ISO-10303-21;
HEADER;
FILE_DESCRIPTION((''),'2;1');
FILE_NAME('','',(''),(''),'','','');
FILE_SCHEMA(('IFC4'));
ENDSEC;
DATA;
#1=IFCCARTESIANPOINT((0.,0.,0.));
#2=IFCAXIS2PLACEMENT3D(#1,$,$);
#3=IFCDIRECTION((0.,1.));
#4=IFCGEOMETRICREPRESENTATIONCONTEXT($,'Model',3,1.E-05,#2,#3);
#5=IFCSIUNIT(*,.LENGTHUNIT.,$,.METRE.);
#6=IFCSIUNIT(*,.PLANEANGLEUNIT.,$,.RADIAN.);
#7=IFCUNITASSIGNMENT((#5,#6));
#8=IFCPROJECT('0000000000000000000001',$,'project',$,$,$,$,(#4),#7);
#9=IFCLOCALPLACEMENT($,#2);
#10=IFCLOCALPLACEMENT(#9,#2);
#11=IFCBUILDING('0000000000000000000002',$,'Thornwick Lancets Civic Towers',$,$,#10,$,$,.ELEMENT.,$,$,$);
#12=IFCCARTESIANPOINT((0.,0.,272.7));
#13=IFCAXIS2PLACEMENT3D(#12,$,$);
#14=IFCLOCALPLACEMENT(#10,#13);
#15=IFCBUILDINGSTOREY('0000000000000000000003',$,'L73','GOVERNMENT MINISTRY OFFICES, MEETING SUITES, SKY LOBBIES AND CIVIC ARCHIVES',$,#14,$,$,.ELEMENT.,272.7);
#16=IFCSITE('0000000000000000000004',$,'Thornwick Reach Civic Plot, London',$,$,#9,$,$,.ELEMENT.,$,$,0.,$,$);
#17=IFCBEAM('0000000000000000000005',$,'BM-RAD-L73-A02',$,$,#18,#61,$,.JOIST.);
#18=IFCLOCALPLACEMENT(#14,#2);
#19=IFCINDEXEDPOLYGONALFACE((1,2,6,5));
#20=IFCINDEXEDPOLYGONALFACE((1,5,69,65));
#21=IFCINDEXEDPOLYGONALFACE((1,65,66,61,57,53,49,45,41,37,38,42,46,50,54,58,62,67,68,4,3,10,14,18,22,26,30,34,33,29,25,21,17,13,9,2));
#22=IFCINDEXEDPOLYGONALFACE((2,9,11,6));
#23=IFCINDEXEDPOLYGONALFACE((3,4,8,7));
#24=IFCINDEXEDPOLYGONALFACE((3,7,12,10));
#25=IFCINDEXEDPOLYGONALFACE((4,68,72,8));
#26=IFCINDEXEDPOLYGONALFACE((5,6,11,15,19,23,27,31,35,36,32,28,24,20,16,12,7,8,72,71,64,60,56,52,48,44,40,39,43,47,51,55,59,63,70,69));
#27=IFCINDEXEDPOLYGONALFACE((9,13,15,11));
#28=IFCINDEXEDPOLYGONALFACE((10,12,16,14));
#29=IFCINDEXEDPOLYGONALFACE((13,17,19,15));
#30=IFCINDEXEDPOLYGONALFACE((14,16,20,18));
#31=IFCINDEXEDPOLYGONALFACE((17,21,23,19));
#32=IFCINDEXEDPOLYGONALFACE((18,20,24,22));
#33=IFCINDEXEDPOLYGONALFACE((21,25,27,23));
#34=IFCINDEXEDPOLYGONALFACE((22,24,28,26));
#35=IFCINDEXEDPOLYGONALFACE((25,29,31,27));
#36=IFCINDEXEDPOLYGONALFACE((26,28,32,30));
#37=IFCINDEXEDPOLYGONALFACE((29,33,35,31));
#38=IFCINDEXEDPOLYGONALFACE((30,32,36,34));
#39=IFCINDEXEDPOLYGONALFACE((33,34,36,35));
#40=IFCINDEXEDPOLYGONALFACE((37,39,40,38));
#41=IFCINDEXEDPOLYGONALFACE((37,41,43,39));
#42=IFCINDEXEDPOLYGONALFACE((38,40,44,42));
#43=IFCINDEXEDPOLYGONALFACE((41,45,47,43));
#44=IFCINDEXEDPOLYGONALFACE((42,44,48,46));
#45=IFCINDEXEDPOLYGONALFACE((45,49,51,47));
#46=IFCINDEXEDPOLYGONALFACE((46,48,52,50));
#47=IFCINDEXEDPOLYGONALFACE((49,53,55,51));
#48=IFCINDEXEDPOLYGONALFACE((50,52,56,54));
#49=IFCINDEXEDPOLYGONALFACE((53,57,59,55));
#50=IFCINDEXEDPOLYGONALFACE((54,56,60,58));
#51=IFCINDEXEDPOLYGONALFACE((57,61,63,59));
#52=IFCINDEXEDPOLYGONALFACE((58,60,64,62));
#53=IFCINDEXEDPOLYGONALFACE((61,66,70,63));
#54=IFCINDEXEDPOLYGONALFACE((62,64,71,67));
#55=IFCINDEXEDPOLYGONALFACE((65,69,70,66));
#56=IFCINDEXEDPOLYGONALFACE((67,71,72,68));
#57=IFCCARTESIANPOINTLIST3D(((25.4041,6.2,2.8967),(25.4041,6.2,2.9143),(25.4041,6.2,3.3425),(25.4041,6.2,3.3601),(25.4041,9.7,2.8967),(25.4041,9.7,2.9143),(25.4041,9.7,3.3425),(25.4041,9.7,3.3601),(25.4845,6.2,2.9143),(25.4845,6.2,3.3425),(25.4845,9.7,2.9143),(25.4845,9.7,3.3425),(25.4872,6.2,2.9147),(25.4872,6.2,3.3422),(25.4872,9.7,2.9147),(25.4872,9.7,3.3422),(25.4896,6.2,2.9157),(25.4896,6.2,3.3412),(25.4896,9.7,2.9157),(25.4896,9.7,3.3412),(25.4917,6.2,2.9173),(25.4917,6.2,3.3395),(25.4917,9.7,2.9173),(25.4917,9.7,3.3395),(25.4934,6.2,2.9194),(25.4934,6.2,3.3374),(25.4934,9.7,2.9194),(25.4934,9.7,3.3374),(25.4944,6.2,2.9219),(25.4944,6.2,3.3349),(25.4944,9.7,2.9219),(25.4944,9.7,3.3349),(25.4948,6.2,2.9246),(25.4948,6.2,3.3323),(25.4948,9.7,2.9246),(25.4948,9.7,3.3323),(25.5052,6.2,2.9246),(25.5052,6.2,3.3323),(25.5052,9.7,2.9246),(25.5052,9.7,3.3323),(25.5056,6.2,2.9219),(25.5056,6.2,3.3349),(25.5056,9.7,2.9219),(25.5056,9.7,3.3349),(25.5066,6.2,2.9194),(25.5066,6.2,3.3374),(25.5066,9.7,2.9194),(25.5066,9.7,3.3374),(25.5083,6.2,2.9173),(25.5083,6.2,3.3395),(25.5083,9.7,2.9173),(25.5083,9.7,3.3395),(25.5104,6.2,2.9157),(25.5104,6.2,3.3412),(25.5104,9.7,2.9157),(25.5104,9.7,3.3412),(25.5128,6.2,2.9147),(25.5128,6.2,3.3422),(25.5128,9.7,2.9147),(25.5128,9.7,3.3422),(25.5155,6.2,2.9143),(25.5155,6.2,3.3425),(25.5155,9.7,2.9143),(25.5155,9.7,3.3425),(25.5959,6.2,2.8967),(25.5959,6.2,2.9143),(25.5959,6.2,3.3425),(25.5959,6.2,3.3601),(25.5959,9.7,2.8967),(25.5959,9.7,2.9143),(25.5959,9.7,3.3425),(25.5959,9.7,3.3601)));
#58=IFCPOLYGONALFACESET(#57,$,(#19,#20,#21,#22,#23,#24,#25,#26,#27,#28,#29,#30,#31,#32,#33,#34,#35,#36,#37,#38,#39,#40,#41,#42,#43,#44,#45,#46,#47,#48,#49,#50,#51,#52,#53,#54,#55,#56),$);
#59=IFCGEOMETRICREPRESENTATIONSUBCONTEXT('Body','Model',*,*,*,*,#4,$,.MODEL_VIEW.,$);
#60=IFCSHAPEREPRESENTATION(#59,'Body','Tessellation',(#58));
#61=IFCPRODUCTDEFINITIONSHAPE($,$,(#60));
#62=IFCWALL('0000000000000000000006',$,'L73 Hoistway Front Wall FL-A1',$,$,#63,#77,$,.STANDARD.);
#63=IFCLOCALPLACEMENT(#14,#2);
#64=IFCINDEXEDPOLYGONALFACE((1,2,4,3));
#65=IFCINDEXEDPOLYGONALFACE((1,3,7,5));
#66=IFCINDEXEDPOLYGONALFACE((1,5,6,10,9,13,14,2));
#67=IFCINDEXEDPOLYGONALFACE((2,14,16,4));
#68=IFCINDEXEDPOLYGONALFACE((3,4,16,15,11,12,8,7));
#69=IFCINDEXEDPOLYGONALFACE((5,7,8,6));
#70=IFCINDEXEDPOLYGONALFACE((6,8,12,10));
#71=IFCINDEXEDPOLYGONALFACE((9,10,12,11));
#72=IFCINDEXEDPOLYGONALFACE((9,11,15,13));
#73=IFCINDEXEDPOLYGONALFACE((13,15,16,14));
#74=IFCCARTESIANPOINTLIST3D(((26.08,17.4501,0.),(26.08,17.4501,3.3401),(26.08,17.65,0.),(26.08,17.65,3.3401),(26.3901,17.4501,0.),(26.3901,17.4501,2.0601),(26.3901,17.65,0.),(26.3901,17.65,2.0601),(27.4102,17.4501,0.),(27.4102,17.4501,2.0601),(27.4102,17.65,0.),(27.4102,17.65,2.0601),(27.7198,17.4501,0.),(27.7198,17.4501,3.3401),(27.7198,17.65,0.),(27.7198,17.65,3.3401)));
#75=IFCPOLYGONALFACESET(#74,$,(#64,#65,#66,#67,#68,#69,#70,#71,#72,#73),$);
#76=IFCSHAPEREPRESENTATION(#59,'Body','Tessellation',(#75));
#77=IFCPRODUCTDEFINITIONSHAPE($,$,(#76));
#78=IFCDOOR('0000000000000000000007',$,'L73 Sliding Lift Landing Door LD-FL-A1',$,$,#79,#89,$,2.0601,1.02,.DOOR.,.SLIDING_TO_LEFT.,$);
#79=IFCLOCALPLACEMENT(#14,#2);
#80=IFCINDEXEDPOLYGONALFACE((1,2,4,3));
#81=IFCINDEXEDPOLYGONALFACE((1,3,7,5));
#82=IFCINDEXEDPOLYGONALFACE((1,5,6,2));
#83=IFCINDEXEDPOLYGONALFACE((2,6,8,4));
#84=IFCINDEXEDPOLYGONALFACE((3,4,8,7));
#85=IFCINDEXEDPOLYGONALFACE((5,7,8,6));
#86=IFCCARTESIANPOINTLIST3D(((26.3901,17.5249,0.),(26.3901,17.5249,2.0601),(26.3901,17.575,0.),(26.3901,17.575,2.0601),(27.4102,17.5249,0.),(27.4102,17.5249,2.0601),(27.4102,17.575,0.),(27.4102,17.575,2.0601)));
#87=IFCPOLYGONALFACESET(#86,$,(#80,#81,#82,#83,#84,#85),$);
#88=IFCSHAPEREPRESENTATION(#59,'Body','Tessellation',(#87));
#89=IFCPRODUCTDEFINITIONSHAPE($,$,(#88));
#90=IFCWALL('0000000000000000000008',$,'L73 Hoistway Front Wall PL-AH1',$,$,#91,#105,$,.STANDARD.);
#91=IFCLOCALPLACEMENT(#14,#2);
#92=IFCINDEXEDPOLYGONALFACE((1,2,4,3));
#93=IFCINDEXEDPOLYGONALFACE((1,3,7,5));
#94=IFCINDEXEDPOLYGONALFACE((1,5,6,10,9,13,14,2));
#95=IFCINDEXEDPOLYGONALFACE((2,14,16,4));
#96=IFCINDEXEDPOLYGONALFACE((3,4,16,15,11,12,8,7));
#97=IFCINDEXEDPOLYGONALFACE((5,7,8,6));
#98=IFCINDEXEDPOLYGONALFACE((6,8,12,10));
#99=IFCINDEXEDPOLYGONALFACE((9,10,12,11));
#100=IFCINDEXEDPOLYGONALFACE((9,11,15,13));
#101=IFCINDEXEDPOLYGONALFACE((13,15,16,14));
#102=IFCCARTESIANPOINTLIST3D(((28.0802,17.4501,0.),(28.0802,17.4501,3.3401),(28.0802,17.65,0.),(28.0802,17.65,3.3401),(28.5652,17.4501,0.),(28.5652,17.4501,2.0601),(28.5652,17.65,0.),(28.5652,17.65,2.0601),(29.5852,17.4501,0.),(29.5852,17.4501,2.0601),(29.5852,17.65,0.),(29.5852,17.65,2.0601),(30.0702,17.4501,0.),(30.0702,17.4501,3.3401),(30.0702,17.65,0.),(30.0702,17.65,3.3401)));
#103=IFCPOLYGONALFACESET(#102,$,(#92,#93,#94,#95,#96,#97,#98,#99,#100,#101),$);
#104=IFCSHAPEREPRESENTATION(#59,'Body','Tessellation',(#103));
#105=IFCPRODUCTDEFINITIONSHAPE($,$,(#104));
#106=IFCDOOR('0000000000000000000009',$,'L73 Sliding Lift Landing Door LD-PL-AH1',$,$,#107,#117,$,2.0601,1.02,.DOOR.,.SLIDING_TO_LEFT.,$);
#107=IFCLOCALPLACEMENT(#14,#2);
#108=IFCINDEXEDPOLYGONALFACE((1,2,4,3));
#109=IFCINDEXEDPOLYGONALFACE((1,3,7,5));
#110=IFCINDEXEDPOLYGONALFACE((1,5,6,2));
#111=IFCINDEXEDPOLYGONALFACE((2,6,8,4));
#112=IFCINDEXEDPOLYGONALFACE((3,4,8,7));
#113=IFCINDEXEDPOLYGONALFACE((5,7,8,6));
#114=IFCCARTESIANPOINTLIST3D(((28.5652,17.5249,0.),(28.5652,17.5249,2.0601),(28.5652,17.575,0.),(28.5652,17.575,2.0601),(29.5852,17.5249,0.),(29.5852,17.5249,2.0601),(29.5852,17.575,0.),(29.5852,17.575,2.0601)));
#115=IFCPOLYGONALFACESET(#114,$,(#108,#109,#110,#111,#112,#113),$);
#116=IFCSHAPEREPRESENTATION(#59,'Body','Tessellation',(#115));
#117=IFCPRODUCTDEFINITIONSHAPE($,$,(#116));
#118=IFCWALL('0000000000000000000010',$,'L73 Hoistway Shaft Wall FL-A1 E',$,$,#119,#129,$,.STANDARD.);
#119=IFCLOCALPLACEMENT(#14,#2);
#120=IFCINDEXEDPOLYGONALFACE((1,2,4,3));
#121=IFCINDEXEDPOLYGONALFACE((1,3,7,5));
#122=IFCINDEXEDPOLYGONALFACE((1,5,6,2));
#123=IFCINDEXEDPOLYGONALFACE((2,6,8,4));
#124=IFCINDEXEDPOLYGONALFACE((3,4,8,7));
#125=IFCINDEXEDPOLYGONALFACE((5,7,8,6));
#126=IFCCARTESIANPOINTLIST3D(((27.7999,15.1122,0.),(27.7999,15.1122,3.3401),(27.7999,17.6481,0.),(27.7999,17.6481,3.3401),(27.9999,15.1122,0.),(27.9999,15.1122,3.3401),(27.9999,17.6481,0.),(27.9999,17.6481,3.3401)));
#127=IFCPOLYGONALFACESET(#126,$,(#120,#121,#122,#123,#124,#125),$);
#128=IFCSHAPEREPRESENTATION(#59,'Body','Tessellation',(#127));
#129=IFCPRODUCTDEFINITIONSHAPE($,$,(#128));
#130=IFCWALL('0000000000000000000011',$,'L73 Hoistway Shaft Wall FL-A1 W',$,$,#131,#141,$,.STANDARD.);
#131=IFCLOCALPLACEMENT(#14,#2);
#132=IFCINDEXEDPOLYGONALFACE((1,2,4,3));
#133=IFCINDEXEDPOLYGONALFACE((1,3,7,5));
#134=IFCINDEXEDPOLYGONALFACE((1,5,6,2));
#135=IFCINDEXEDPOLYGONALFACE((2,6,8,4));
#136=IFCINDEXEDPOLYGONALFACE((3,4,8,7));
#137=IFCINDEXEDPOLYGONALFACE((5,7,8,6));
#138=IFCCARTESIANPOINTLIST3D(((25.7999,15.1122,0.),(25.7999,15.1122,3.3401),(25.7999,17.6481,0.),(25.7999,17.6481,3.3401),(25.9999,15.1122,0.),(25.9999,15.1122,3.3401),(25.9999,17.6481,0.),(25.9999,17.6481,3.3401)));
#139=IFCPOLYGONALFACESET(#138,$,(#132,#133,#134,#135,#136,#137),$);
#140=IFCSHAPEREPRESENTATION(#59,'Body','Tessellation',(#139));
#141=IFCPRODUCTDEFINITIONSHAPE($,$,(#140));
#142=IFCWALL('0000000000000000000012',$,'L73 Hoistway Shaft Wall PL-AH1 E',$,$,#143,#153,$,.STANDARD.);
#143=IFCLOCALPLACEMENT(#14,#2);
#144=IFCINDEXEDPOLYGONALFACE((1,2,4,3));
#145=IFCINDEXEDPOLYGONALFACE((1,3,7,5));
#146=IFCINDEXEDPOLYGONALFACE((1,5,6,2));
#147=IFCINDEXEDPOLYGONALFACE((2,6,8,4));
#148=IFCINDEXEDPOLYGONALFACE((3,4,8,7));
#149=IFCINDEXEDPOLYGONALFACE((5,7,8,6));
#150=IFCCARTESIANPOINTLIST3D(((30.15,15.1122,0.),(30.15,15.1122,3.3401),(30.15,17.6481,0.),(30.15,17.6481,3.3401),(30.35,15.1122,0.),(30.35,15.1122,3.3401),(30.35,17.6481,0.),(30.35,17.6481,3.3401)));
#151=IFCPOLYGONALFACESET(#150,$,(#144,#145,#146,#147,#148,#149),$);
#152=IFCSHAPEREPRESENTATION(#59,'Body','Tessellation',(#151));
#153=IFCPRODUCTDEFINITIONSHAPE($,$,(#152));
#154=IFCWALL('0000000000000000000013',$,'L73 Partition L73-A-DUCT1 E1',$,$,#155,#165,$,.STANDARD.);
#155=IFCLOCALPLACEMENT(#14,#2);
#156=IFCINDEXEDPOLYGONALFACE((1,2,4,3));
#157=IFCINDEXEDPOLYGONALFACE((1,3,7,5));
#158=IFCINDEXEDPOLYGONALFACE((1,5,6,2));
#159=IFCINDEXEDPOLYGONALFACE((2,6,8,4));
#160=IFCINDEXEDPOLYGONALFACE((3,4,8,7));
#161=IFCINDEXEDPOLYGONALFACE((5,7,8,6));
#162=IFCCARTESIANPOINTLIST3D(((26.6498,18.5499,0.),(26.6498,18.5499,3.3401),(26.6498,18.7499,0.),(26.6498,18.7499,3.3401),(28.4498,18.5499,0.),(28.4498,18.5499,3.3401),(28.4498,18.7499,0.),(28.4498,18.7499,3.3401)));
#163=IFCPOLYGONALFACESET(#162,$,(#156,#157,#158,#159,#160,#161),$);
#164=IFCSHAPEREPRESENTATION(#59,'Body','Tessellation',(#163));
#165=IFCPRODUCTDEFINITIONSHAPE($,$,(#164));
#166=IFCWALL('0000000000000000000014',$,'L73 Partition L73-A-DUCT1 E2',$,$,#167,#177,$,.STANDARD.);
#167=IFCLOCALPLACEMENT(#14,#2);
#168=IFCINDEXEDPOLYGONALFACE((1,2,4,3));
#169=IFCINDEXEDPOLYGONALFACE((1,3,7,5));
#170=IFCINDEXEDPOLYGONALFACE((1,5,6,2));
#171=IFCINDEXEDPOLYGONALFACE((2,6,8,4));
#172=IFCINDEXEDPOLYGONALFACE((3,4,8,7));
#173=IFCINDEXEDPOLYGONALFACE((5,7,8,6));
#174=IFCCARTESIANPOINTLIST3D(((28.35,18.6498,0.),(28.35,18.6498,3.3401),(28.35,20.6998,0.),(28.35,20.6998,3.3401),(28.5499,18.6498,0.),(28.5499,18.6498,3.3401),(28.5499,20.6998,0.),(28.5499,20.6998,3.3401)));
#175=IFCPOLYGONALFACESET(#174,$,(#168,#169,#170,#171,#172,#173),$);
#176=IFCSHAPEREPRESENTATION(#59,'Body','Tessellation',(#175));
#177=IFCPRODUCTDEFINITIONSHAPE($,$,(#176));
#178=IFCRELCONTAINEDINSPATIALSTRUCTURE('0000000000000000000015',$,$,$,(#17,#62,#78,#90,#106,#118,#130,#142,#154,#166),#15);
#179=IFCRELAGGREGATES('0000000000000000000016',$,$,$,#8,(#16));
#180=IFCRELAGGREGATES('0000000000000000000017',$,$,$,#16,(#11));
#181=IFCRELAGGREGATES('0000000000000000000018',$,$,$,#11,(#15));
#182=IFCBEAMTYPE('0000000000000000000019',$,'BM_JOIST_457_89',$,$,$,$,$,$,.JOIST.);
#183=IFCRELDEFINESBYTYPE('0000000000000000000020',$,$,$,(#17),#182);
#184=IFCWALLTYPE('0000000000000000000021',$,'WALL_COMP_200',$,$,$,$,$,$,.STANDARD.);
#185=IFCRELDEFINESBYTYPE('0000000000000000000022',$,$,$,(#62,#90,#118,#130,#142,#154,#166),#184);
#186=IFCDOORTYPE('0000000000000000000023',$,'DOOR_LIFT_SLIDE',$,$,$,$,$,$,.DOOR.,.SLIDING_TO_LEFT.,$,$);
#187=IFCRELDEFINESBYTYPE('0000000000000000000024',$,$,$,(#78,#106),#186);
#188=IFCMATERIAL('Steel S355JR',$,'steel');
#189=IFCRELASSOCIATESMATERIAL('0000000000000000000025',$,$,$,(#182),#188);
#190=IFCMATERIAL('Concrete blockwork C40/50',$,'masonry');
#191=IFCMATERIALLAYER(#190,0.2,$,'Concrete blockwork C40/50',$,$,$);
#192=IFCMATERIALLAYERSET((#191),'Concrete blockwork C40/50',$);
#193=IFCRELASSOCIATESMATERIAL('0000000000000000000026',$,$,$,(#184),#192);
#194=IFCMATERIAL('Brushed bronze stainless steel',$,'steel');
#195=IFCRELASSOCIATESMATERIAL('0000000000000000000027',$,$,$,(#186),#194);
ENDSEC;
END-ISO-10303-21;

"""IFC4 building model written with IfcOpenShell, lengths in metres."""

from ifc_helpers import new_model, si_unit, direction, frame, frame_2d, origin, origin_2d, place, context, subcontext, project, spatial, rectangle, i_section, extrude, material, layer, layer_set, material_profile, profile_set, type_object, element, fill, save


model = new_model("IFC4")

# Units and contexts
model_context = context("Model", 3, precision=1e-05, world=origin(), true_north=direction((0.0, 1.0)))
body_context = subcontext(model_context, "Body", "Model", "MODEL_VIEW")
ifc_project = project(units=[si_unit("LENGTHUNIT", "METRE"), si_unit("PLANEANGLEUNIT", "RADIAN")], contexts=[model_context])

# Site, building, storey
site_placement = place(None, origin())
site = spatial("IfcSite", under=ifc_project, at=site_placement, Name="Thornwick Reach Civic Plot, London", CompositionType="ELEMENT", RefElevation=0.0)
building_placement = place(site_placement, origin())
building = spatial("IfcBuilding", under=site, at=building_placement, Name="Thornwick Lancets Civic Towers", CompositionType="ELEMENT")
storey_placement = place(building_placement, frame((0.0, 0.0, 272.7)))
storey = spatial("IfcBuildingStorey", under=building, at=storey_placement, Name="L73", Description="GOVERNMENT MINISTRY OFFICES, MEETING SUITES, SKY LOBBIES AND CIVIC ARCHIVES", CompositionType="ELEMENT", Elevation=272.7)

# Shared definitions
ifc_material_1 = material(Name="Steel S355JR", Category="steel")

# Beam
ifc_material_profile_1 = material_profile(ifc_material_1, i_section(OverallWidth=0.1919, OverallDepth=0.4634, WebThickness=0.0105, FlangeThickness=0.0176, FilletRadius=0.0103, at=origin_2d()), Name="UKB 457x191x89")
ifc_profile_set_1 = profile_set([ifc_material_profile_1], Name="Steel S355JR")
beam_type_1 = type_object("IfcBeamType", Name="BM_JOIST_457_89", PredefinedType="JOIST", material=ifc_profile_set_1)
beam_1_placement = place(storey_placement, frame((25.5, 9.7, 3.1284), z_axis=(0.0, -1.0, 0.0), x_axis=(1.0, 0.0, 0.0)))
element("IfcBeam", 1, at=beam_1_placement, inside=storey, type_object=beam_type_1, Name="BM-RAD-L73-A02", PredefinedType="JOIST", context=body_context, shape_type="SweptSolid", body=[
    extrude(i_section(OverallWidth=0.1919, OverallDepth=0.4634, WebThickness=0.0105, FlangeThickness=0.0176, FilletRadius=0.0103, at=origin_2d()), origin(), (0.0, 0.0, 1.0), 3.5),
])

# Walls, openings, doors
ifc_material_2 = material(Name="Concrete blockwork C40/50", Category="masonry")
ifc_layer_1 = layer(ifc_material_2, 0.2, Name="Concrete blockwork C40/50")
ifc_layer_set_1 = layer_set([ifc_layer_1], Name="Concrete blockwork C40/50")
wall_type_1 = type_object("IfcWallType", Name="WALL_COMP_200", PredefinedType="STANDARD", material=ifc_layer_set_1)
wall_1_placement = place(storey_placement, frame((26.0801, 17.55, 0.0), z_axis=(0.0, 0.0, 1.0), x_axis=(1.0, 0.0, 0.0)))
wall_1 = element("IfcWall", 2, at=wall_1_placement, inside=storey, type_object=wall_type_1, Name="L73 Hoistway Front Wall FL-A1", PredefinedType="STANDARD", context=body_context, shape_type="SweptSolid", body=[
    extrude(rectangle(XDim=1.6399, YDim=0.2, at=frame_2d((0.8198, 0.0))), origin(), (0.0, 0.0, 1.0), 3.3401),
])
opening_1_placement = place(wall_1_placement, frame((0.3101, 0.0, 0.0)))
opening_1 = element("IfcOpeningElement", 3, at=opening_1_placement, cuts=wall_1, PredefinedType="OPENING", context=body_context, shape_type="SweptSolid", body=[
    extrude(rectangle(XDim=1.02, YDim=2.0601, at=frame_2d((0.51, 1.03))), frame((0.0, 0.1099, 0.0), z_axis=(0.0, -1.0, 0.0), x_axis=(1.0, 0.0, 0.0)), (0.0, 0.0, 1.0), 0.22),
])
ifc_material_3 = material(Name="Brushed bronze stainless steel", Category="steel")
door_type_1 = type_object("IfcDoorType", Name="DOOR_LIFT_SLIDE", OperationType="SLIDING_TO_LEFT", PredefinedType="DOOR", material=ifc_material_3)
door_1_placement = place(opening_1_placement, origin())
door_1 = element("IfcDoor", 4, at=door_1_placement, inside=storey, type_object=door_type_1, Name="L73 Sliding Lift Landing Door LD-FL-A1", OperationType="SLIDING_TO_LEFT", OverallHeight=2.0601, OverallWidth=1.02, PredefinedType="DOOR", context=body_context, shape_type="SweptSolid", body=[
    extrude(rectangle(XDim=1.02, YDim=2.0601, at=frame_2d((0.51, 1.03))), frame((0.0, 0.0249, 0.0), z_axis=(0.0, -1.0, 0.0), x_axis=(1.0, 0.0, 0.0)), (0.0, 0.0, 1.0), 0.05),
])
fill(opening_1, door_1)
wall_2_placement = place(storey_placement, frame((28.0801, 17.55, 0.0), z_axis=(0.0, 0.0, 1.0), x_axis=(1.0, 0.0, 0.0)))
wall_2 = element("IfcWall", 5, at=wall_2_placement, inside=storey, type_object=wall_type_1, Name="L73 Hoistway Front Wall PL-AH1", PredefinedType="STANDARD", context=body_context, shape_type="SweptSolid", body=[
    extrude(rectangle(XDim=1.99, YDim=0.2, at=frame_2d((0.9951, 0.0))), origin(), (0.0, 0.0, 1.0), 3.3401),
])
opening_2_placement = place(wall_2_placement, frame((0.4851, 0.0, 0.0)))
opening_2 = element("IfcOpeningElement", 6, at=opening_2_placement, cuts=wall_2, PredefinedType="OPENING", context=body_context, shape_type="SweptSolid", body=[
    extrude(rectangle(XDim=1.02, YDim=2.0601, at=frame_2d((0.51, 1.03))), frame((0.0, 0.1099, 0.0), z_axis=(0.0, -1.0, 0.0), x_axis=(1.0, 0.0, 0.0)), (0.0, 0.0, 1.0), 0.22),
])
door_2_placement = place(opening_2_placement, origin())
door_2 = element("IfcDoor", 7, at=door_2_placement, inside=storey, type_object=door_type_1, Name="L73 Sliding Lift Landing Door LD-PL-AH1", OperationType="SLIDING_TO_LEFT", OverallHeight=2.0601, OverallWidth=1.02, PredefinedType="DOOR", context=body_context, shape_type="SweptSolid", body=[
    extrude(rectangle(XDim=1.02, YDim=2.0601, at=frame_2d((0.51, 1.03))), frame((0.0, 0.0249, 0.0), z_axis=(0.0, -1.0, 0.0), x_axis=(1.0, 0.0, 0.0)), (0.0, 0.0, 1.0), 0.05),
])
fill(opening_2, door_2)

# Walls
for number, where, z_axis, x_axis, name in (
    (8, (27.8999, 15.1121, 0.0), (0.0, 0.0, 1.0), (0.0, 1.0, 0.0), "L73 Hoistway Shaft Wall FL-A1 E"),
    (9, (25.8999, 15.1121, 0.0), (0.0, 0.0, 1.0), (0.0, 1.0, 0.0), "L73 Hoistway Shaft Wall FL-A1 W"),
    (10, (30.25, 15.1121, 0.0), (0.0, 0.0, 1.0), (0.0, 1.0, 0.0), "L73 Hoistway Shaft Wall PL-AH1 E"),
):
    element("IfcWall", number, at=place(storey_placement, frame(where, z_axis=z_axis, x_axis=x_axis)), inside=storey, type_object=wall_type_1, Name=name, PredefinedType="STANDARD", context=body_context, shape_type="SweptSolid", body=[
        extrude(rectangle(XDim=2.5359, YDim=0.2, at=frame_2d((1.2681, 0.0))), origin(), (0.0, 0.0, 1.0), 3.3401),
    ])
wall_3_placement = place(storey_placement, frame((26.6499, 18.6499, 0.0), z_axis=(0.0, 0.0, 1.0), x_axis=(1.0, 0.0, 0.0)))
element("IfcWall", 11, at=wall_3_placement, inside=storey, type_object=wall_type_1, Name="L73 Partition L73-A-DUCT1 E1", PredefinedType="STANDARD", context=body_context, shape_type="SweptSolid", body=[
    extrude(rectangle(XDim=1.8, YDim=0.2, at=frame_2d((0.8999, 0.0))), origin(), (0.0, 0.0, 1.0), 3.3401),
])
wall_4_placement = place(storey_placement, frame((28.45, 18.6499, 0.0), z_axis=(0.0, 0.0, 1.0), x_axis=(0.0, 1.0, 0.0)))
element("IfcWall", 12, at=wall_4_placement, inside=storey, type_object=wall_type_1, Name="L73 Partition L73-A-DUCT1 E2", PredefinedType="STANDARD", context=body_context, shape_type="SweptSolid", body=[
    extrude(rectangle(XDim=2.05, YDim=0.2, at=frame_2d((1.0249, 0.0))), origin(), (0.0, 0.0, 1.0), 3.3401),
])

save(model, "model.ifc")
